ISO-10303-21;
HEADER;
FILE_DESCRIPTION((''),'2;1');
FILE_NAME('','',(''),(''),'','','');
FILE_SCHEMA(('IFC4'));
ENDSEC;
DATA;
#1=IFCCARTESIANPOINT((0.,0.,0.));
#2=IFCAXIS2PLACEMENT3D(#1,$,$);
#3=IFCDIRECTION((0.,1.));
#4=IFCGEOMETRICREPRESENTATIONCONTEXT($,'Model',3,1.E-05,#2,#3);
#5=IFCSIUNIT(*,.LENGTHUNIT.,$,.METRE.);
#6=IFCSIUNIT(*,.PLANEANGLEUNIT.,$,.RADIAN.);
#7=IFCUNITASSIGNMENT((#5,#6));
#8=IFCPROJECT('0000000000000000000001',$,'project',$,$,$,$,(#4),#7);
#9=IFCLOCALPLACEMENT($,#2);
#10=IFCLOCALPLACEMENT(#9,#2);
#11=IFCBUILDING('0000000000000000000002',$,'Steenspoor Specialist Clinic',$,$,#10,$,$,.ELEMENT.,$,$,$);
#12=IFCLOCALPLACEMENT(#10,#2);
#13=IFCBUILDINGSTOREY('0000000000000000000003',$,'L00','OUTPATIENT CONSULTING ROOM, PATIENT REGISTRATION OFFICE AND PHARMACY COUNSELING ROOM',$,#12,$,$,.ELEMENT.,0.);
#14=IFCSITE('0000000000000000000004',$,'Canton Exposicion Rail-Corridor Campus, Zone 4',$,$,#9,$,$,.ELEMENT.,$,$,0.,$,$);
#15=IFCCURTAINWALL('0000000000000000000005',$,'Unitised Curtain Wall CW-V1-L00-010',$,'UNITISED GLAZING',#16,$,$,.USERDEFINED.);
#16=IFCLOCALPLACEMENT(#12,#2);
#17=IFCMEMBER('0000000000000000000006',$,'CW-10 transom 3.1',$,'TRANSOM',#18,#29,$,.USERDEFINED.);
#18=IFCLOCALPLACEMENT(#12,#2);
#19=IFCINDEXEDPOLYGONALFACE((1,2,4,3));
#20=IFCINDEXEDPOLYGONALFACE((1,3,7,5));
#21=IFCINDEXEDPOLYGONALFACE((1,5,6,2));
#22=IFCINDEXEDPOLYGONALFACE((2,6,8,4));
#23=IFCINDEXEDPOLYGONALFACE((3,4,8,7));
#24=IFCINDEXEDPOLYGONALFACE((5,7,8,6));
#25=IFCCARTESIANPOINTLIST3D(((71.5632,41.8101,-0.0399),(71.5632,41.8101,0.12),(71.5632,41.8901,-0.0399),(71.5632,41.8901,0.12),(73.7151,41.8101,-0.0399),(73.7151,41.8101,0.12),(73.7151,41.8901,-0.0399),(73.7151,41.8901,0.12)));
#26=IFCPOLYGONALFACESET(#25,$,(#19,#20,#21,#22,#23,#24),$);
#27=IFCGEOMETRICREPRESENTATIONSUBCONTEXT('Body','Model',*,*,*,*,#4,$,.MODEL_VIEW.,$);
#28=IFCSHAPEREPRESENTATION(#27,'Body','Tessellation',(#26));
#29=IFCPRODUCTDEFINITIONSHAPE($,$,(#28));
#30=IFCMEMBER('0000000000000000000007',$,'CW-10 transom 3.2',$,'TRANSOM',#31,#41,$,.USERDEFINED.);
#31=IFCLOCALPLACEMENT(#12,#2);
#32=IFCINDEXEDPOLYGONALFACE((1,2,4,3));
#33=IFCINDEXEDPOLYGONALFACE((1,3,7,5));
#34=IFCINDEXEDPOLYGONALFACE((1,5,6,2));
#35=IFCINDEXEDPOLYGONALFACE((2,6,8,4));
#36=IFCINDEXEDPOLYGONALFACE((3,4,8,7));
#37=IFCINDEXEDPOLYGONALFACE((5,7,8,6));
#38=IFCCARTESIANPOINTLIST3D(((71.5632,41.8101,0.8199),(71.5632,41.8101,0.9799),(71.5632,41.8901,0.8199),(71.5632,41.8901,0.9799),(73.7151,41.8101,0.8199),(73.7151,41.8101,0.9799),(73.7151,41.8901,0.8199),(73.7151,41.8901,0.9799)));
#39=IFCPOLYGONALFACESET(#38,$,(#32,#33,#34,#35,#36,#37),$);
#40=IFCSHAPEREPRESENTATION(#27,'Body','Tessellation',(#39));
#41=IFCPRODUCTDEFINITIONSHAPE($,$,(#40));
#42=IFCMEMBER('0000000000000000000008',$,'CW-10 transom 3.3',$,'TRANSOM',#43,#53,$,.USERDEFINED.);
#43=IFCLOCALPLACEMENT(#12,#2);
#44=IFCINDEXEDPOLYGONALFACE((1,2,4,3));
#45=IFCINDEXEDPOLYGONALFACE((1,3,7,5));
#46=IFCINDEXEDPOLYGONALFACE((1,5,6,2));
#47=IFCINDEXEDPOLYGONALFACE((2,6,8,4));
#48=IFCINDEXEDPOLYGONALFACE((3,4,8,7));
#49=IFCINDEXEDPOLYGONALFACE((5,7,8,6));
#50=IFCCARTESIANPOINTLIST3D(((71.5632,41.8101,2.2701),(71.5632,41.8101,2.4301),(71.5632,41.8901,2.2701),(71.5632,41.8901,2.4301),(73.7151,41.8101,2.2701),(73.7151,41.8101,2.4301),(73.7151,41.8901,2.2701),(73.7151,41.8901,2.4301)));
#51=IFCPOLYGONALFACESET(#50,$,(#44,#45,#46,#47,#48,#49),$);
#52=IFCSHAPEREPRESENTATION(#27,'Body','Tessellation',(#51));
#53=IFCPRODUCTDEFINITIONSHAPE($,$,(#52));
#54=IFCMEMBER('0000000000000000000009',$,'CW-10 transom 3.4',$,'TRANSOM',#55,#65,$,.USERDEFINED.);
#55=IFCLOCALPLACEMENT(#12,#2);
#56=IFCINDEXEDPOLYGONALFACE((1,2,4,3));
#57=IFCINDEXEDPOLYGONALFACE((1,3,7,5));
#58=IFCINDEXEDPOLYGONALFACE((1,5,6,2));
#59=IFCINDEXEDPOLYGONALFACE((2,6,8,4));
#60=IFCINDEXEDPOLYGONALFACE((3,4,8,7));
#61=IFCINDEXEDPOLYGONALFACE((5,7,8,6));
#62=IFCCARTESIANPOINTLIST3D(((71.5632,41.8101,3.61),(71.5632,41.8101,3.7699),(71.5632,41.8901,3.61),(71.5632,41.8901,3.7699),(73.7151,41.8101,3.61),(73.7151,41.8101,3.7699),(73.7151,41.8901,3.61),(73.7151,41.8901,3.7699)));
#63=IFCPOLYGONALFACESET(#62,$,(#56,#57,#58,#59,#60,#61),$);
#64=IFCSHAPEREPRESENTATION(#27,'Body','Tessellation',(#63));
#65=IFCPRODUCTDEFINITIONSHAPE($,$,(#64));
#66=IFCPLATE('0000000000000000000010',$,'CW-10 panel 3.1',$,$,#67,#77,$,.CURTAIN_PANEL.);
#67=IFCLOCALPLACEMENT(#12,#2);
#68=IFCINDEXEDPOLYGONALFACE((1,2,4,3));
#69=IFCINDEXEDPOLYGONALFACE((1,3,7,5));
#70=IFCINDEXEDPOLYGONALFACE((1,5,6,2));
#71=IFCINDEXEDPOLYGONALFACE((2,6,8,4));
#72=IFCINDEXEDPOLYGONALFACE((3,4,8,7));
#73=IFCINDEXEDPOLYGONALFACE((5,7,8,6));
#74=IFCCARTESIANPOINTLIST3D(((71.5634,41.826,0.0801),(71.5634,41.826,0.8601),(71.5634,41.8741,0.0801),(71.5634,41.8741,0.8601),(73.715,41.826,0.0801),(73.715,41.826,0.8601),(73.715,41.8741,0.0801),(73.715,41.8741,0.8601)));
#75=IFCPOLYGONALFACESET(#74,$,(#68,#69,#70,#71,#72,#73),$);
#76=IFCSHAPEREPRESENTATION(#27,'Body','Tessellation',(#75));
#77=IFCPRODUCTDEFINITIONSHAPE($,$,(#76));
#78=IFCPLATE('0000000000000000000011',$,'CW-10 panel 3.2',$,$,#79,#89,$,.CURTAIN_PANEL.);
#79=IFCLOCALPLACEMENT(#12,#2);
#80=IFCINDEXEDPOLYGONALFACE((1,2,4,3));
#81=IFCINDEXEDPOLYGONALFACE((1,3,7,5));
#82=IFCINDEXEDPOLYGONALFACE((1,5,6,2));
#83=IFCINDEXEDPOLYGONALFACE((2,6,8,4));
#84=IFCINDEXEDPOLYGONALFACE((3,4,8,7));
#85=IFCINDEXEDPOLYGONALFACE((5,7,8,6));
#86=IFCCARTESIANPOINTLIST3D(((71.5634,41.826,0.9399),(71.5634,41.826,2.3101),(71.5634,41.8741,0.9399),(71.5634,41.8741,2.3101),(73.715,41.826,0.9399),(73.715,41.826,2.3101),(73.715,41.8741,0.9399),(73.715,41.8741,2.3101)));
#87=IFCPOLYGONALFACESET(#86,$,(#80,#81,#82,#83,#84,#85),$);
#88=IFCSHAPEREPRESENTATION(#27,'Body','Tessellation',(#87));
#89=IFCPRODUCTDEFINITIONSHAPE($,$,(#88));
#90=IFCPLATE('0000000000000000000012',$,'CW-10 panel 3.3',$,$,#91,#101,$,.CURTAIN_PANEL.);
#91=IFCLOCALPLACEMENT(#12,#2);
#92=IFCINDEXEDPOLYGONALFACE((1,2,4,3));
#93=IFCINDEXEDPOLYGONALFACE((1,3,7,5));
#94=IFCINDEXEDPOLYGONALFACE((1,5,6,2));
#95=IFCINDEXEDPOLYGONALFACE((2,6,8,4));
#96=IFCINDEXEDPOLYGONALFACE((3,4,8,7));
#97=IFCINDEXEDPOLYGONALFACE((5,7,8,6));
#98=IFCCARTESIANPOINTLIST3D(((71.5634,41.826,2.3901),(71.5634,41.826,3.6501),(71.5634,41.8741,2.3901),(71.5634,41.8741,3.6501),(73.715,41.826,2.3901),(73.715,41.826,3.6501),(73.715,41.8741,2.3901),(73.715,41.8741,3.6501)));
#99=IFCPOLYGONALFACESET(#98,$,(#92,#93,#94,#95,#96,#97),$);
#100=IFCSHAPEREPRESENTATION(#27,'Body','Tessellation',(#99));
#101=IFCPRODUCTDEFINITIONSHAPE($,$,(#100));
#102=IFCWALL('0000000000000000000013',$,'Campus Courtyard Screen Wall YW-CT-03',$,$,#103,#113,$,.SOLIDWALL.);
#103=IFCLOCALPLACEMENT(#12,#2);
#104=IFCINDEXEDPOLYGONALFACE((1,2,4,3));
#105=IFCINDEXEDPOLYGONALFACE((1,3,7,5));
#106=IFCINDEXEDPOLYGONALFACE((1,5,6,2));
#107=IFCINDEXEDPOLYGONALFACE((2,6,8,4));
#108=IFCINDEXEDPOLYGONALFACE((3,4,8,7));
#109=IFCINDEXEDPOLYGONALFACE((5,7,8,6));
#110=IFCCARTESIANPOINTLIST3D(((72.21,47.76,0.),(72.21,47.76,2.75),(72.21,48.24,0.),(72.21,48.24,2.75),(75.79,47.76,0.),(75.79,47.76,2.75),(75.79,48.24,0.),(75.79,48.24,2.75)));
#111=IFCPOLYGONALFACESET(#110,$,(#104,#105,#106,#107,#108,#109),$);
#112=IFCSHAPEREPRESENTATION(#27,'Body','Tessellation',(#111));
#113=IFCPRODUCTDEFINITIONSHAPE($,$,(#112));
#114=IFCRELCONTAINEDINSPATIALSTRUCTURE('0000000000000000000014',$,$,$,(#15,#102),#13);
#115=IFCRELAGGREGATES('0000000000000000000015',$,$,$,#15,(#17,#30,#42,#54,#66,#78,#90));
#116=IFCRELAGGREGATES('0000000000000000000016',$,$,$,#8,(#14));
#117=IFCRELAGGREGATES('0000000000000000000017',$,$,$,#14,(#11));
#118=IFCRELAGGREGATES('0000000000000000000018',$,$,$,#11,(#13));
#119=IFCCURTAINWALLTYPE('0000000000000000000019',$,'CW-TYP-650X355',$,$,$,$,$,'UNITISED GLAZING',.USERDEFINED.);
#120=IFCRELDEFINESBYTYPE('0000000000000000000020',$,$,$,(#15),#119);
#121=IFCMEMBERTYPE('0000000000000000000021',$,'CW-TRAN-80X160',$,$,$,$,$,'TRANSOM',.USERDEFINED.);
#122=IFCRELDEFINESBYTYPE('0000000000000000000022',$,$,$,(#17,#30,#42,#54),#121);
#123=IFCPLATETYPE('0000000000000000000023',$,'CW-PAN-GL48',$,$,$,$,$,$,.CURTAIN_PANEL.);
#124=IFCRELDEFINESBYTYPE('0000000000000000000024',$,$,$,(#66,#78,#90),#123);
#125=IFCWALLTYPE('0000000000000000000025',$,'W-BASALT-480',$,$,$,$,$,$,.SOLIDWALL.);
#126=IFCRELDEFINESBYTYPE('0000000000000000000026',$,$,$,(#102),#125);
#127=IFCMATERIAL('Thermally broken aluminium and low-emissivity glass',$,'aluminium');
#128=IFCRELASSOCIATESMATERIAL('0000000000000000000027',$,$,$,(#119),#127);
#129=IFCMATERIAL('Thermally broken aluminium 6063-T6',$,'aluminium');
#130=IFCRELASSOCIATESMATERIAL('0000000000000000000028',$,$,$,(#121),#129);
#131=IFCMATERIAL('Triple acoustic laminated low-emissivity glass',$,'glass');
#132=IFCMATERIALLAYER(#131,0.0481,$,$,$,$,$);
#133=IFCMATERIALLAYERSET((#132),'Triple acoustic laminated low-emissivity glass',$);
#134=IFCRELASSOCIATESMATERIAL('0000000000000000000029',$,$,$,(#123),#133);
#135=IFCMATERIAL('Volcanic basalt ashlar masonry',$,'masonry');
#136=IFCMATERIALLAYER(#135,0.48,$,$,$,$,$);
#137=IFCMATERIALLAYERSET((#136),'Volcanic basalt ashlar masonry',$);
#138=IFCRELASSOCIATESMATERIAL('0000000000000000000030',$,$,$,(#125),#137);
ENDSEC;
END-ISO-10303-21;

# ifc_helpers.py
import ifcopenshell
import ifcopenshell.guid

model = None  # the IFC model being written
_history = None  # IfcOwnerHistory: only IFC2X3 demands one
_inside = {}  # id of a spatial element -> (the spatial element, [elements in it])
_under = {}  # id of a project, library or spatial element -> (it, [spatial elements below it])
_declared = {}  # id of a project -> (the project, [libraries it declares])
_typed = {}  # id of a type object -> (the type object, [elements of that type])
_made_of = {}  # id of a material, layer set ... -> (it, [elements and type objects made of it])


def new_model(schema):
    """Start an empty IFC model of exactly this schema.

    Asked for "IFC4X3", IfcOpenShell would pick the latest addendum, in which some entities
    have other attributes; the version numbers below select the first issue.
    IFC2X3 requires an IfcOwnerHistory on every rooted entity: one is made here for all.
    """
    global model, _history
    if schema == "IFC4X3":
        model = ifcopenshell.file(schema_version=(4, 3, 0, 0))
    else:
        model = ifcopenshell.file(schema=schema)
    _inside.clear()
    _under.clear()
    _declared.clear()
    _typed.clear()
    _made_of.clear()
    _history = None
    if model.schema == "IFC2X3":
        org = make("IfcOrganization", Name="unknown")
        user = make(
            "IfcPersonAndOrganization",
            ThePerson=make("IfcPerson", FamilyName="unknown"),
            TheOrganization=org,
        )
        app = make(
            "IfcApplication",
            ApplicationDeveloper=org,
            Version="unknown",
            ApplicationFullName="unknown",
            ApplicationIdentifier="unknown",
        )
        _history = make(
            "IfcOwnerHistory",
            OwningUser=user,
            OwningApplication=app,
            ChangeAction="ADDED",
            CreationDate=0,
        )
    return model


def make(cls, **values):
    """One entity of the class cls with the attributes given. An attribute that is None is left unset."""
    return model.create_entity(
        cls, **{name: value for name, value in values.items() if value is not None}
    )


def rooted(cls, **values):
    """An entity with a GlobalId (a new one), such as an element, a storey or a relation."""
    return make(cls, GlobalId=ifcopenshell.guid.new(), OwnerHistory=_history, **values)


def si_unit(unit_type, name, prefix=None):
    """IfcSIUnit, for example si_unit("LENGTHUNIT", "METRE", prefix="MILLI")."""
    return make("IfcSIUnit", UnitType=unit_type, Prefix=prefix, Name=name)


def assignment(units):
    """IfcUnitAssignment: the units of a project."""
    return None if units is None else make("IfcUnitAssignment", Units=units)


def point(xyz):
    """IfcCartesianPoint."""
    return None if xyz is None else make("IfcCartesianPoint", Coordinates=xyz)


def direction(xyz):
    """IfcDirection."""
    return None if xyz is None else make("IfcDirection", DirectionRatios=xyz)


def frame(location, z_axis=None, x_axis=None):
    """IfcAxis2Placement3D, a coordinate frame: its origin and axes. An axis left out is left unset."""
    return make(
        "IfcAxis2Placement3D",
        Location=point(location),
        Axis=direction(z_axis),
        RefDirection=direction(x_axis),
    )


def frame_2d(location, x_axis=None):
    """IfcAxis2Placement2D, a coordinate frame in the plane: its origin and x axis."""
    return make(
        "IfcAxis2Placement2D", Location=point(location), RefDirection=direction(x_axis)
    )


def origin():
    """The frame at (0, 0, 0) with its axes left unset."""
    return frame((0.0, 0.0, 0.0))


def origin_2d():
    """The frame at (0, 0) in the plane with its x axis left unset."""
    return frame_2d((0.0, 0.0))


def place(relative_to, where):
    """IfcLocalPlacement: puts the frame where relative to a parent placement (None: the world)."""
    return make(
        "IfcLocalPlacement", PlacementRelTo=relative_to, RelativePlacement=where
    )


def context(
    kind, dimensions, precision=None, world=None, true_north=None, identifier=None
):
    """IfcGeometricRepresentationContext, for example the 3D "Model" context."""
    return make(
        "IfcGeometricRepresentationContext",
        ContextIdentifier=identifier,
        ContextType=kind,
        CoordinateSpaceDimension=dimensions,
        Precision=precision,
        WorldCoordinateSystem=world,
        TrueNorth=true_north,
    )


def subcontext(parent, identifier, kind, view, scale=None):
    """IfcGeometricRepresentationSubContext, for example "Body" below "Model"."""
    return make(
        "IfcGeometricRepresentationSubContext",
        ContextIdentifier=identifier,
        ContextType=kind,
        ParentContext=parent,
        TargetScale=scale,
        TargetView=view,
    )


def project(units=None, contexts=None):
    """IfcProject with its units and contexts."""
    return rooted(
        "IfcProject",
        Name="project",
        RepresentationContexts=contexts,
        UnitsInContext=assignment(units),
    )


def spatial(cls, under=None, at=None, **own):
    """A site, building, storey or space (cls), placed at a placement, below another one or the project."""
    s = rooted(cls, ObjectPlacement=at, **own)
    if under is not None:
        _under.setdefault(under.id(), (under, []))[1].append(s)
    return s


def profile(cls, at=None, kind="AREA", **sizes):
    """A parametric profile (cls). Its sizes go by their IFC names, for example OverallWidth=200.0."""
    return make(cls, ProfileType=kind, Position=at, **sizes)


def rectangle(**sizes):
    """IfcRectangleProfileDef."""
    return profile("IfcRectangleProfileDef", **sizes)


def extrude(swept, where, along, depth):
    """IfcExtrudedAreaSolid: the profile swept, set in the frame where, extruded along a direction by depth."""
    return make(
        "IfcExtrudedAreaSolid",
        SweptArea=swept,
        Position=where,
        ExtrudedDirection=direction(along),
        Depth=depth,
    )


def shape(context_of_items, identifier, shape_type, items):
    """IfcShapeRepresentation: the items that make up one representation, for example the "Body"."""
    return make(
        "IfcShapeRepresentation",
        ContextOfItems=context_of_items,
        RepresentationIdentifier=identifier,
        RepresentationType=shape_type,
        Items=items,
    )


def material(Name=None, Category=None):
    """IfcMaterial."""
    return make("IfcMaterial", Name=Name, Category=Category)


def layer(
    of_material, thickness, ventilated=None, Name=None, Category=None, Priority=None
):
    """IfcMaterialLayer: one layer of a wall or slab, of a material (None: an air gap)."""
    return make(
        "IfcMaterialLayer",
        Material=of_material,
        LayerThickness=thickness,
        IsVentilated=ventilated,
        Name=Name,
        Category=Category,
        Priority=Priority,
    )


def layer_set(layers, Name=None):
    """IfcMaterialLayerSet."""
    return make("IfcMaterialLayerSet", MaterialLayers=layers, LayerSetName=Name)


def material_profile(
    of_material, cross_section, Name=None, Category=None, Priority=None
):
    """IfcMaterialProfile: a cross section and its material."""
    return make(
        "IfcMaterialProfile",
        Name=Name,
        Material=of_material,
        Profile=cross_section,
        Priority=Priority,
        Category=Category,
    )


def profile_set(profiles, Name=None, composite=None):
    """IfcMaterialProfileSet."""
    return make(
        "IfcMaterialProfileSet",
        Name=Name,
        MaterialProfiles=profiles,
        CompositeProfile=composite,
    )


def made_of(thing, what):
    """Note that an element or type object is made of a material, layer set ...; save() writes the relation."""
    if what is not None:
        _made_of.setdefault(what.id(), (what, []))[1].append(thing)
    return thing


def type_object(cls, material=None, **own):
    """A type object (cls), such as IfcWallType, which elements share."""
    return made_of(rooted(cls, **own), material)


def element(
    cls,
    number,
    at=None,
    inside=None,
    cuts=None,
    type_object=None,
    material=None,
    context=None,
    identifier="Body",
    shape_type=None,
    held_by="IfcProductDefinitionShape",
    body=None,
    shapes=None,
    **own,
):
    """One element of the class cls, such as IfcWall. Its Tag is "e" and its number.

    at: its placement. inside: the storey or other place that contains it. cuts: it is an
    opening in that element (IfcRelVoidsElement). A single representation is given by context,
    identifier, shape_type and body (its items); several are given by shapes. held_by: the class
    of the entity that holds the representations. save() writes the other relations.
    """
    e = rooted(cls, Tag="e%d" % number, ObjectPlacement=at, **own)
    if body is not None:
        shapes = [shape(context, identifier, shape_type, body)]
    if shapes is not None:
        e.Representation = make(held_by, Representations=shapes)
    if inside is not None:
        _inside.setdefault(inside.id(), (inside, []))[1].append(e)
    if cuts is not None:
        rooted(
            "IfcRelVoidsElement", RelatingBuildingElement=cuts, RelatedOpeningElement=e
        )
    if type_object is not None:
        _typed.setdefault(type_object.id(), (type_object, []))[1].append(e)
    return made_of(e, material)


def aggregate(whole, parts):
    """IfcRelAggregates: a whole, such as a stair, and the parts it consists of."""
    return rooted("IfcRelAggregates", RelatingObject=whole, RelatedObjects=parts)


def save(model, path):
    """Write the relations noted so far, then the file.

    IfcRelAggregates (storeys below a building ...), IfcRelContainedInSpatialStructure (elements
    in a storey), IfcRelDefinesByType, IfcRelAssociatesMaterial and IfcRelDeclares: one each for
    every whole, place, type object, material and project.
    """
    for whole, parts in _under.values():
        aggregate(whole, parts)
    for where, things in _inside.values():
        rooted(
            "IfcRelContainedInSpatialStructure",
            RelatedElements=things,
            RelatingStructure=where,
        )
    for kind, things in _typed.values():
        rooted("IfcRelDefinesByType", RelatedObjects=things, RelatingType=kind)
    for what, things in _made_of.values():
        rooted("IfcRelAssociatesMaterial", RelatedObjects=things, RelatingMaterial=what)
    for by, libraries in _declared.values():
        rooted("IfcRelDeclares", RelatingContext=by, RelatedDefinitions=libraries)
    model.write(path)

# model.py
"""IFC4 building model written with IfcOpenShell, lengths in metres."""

from ifc_helpers import new_model, si_unit, direction, frame, frame_2d, origin, origin_2d, place, context, subcontext, project, spatial, rectangle, extrude, material, layer, layer_set, material_profile, profile_set, type_object, element, aggregate, save


model = new_model("IFC4")

# Units and contexts
model_context = context("Model", 3, precision=1e-05, world=origin(), true_north=direction((0.0, 1.0)))
body_context = subcontext(model_context, "Body", "Model", "MODEL_VIEW")
ifc_project = project(units=[si_unit("LENGTHUNIT", "METRE"), si_unit("PLANEANGLEUNIT", "RADIAN")], contexts=[model_context])

# Site, building, storey
site_placement = place(None, origin())
site = spatial("IfcSite", under=ifc_project, at=site_placement, Name="Canton Exposicion Rail-Corridor Campus, Zone 4", CompositionType="ELEMENT", RefElevation=0.0)
building_placement = place(site_placement, origin())
building = spatial("IfcBuilding", under=site, at=building_placement, Name="Steenspoor Specialist Clinic", CompositionType="ELEMENT")
storey_placement = place(building_placement, origin())
storey = spatial("IfcBuildingStorey", under=building, at=storey_placement, Name="L00", Description="OUTPATIENT CONSULTING ROOM, PATIENT REGISTRATION OFFICE AND PHARMACY COUNSELING ROOM", CompositionType="ELEMENT", Elevation=0.0)

# Curtain wall, members, plates
ifc_material_1 = material(Name="Thermally broken aluminium and low-emissivity glass", Category="aluminium")
curtain_wall_type = type_object("IfcCurtainWallType", Name="CW-TYP-650X355", ElementType="UNITISED GLAZING", PredefinedType="USERDEFINED", material=ifc_material_1)
curtain_wall_placement = place(storey_placement, origin())
curtain_wall = element("IfcCurtainWall", 1, at=curtain_wall_placement, inside=storey, type_object=curtain_wall_type, Name="Unitised Curtain Wall CW-V1-L00-010", ObjectType="UNITISED GLAZING", PredefinedType="USERDEFINED")
ifc_material_2 = material(Name="Thermally broken aluminium 6063-T6", Category="aluminium")
ifc_material_profile_1 = material_profile(ifc_material_2, rectangle(XDim=0.0801, YDim=0.1599, at=origin_2d()), Name="CWT-80X160")
ifc_profile_set_1 = profile_set([ifc_material_profile_1], Name="Thermally broken aluminium 6063-T6")
member_type_1 = type_object("IfcMemberType", Name="CW-TRAN-80X160", ElementType="TRANSOM", PredefinedType="USERDEFINED", material=ifc_profile_set_1)
member_1_placement = place(storey_placement, frame((71.5632, 41.8501, 0.04), z_axis=(1.0, 0.0, 0.0), x_axis=(0.0, 1.0, 0.0)))
member_1 = element("IfcMember", 2, at=member_1_placement, type_object=member_type_1, Name="CW-10 transom 3.1", ObjectType="TRANSOM", PredefinedType="USERDEFINED", context=body_context, shape_type="SweptSolid", body=[
    extrude(rectangle(XDim=0.0801, YDim=0.1599, at=origin_2d()), origin(), (0.0, 0.0, 1.0), 2.1519),
])
member_2_placement = place(storey_placement, frame((71.5632, 41.8501, 0.8999), z_axis=(1.0, 0.0, 0.0), x_axis=(0.0, 1.0, 0.0)))
member_2 = element("IfcMember", 3, at=member_2_placement, type_object=member_type_1, Name="CW-10 transom 3.2", ObjectType="TRANSOM", PredefinedType="USERDEFINED", context=body_context, shape_type="SweptSolid", body=[
    extrude(rectangle(XDim=0.0801, YDim=0.1599, at=origin_2d()), origin(), (0.0, 0.0, 1.0), 2.1519),
])
member_3_placement = place(storey_placement, frame((71.5632, 41.8501, 2.3501), z_axis=(1.0, 0.0, 0.0), x_axis=(0.0, 1.0, 0.0)))
member_3 = element("IfcMember", 4, at=member_3_placement, type_object=member_type_1, Name="CW-10 transom 3.3", ObjectType="TRANSOM", PredefinedType="USERDEFINED", context=body_context, shape_type="SweptSolid", body=[
    extrude(rectangle(XDim=0.0801, YDim=0.1599, at=origin_2d()), origin(), (0.0, 0.0, 1.0), 2.1519),
])
member_4_placement = place(storey_placement, frame((71.5632, 41.8501, 3.6899), z_axis=(1.0, 0.0, 0.0), x_axis=(0.0, 1.0, 0.0)))
member_4 = element("IfcMember", 5, at=member_4_placement, type_object=member_type_1, Name="CW-10 transom 3.4", ObjectType="TRANSOM", PredefinedType="USERDEFINED", context=body_context, shape_type="SweptSolid", body=[
    extrude(rectangle(XDim=0.0801, YDim=0.1599, at=origin_2d()), origin(), (0.0, 0.0, 1.0), 2.1519),
])
ifc_material_3 = material(Name="Triple acoustic laminated low-emissivity glass", Category="glass")
ifc_layer_1 = layer(ifc_material_3, 0.0481)
ifc_layer_set_1 = layer_set([ifc_layer_1], Name="Triple acoustic laminated low-emissivity glass")
plate_type = type_object("IfcPlateType", Name="CW-PAN-GL48", PredefinedType="CURTAIN_PANEL", material=ifc_layer_set_1)
plate_1_placement = place(storey_placement, frame((72.6392, 41.8501, 0.0801), z_axis=(0.0, 0.0, 1.0), x_axis=(1.0, 0.0, 0.0)))
plate_1 = element("IfcPlate", 6, at=plate_1_placement, type_object=plate_type, Name="CW-10 panel 3.1", PredefinedType="CURTAIN_PANEL", context=body_context, shape_type="SweptSolid", body=[
    extrude(rectangle(XDim=2.1516, YDim=0.0481, at=origin_2d()), origin(), (0.0, 0.0, 1.0), 0.78),
])
plate_2_placement = place(storey_placement, frame((72.6392, 41.8501, 0.9399), z_axis=(0.0, 0.0, 1.0), x_axis=(1.0, 0.0, 0.0)))
plate_2 = element("IfcPlate", 7, at=plate_2_placement, type_object=plate_type, Name="CW-10 panel 3.2", PredefinedType="CURTAIN_PANEL", context=body_context, shape_type="SweptSolid", body=[
    extrude(rectangle(XDim=2.1516, YDim=0.0481, at=origin_2d()), origin(), (0.0, 0.0, 1.0), 1.3701),
])
plate_3_placement = place(storey_placement, frame((72.6392, 41.8501, 2.3901), z_axis=(0.0, 0.0, 1.0), x_axis=(1.0, 0.0, 0.0)))
plate_3 = element("IfcPlate", 8, at=plate_3_placement, type_object=plate_type, Name="CW-10 panel 3.3", PredefinedType="CURTAIN_PANEL", context=body_context, shape_type="SweptSolid", body=[
    extrude(rectangle(XDim=2.1516, YDim=0.0481, at=origin_2d()), origin(), (0.0, 0.0, 1.0), 1.26),
])
aggregate(curtain_wall, [member_1, member_2, member_3, member_4, plate_1, plate_2, plate_3])

# Wall
ifc_material_4 = material(Name="Volcanic basalt ashlar masonry", Category="masonry")
ifc_layer_2 = layer(ifc_material_4, 0.48)
ifc_layer_set_2 = layer_set([ifc_layer_2], Name="Volcanic basalt ashlar masonry")
wall_type = type_object("IfcWallType", Name="W-BASALT-480", PredefinedType="SOLIDWALL", material=ifc_layer_set_2)
wall_placement = place(storey_placement, frame((72.21, 48.0, 0.0), z_axis=(0.0, 0.0, 1.0), x_axis=(1.0, 0.0, 0.0)))
element("IfcWall", 9, at=wall_placement, inside=storey, type_object=wall_type, Name="Campus Courtyard Screen Wall YW-CT-03", PredefinedType="SOLIDWALL", context=body_context, shape_type="SweptSolid", body=[
    extrude(rectangle(XDim=3.5801, YDim=0.48, at=frame_2d((1.79, 0.0))), origin(), (0.0, 0.0, 1.0), 2.75),
])

save(model, "model.ifc")
